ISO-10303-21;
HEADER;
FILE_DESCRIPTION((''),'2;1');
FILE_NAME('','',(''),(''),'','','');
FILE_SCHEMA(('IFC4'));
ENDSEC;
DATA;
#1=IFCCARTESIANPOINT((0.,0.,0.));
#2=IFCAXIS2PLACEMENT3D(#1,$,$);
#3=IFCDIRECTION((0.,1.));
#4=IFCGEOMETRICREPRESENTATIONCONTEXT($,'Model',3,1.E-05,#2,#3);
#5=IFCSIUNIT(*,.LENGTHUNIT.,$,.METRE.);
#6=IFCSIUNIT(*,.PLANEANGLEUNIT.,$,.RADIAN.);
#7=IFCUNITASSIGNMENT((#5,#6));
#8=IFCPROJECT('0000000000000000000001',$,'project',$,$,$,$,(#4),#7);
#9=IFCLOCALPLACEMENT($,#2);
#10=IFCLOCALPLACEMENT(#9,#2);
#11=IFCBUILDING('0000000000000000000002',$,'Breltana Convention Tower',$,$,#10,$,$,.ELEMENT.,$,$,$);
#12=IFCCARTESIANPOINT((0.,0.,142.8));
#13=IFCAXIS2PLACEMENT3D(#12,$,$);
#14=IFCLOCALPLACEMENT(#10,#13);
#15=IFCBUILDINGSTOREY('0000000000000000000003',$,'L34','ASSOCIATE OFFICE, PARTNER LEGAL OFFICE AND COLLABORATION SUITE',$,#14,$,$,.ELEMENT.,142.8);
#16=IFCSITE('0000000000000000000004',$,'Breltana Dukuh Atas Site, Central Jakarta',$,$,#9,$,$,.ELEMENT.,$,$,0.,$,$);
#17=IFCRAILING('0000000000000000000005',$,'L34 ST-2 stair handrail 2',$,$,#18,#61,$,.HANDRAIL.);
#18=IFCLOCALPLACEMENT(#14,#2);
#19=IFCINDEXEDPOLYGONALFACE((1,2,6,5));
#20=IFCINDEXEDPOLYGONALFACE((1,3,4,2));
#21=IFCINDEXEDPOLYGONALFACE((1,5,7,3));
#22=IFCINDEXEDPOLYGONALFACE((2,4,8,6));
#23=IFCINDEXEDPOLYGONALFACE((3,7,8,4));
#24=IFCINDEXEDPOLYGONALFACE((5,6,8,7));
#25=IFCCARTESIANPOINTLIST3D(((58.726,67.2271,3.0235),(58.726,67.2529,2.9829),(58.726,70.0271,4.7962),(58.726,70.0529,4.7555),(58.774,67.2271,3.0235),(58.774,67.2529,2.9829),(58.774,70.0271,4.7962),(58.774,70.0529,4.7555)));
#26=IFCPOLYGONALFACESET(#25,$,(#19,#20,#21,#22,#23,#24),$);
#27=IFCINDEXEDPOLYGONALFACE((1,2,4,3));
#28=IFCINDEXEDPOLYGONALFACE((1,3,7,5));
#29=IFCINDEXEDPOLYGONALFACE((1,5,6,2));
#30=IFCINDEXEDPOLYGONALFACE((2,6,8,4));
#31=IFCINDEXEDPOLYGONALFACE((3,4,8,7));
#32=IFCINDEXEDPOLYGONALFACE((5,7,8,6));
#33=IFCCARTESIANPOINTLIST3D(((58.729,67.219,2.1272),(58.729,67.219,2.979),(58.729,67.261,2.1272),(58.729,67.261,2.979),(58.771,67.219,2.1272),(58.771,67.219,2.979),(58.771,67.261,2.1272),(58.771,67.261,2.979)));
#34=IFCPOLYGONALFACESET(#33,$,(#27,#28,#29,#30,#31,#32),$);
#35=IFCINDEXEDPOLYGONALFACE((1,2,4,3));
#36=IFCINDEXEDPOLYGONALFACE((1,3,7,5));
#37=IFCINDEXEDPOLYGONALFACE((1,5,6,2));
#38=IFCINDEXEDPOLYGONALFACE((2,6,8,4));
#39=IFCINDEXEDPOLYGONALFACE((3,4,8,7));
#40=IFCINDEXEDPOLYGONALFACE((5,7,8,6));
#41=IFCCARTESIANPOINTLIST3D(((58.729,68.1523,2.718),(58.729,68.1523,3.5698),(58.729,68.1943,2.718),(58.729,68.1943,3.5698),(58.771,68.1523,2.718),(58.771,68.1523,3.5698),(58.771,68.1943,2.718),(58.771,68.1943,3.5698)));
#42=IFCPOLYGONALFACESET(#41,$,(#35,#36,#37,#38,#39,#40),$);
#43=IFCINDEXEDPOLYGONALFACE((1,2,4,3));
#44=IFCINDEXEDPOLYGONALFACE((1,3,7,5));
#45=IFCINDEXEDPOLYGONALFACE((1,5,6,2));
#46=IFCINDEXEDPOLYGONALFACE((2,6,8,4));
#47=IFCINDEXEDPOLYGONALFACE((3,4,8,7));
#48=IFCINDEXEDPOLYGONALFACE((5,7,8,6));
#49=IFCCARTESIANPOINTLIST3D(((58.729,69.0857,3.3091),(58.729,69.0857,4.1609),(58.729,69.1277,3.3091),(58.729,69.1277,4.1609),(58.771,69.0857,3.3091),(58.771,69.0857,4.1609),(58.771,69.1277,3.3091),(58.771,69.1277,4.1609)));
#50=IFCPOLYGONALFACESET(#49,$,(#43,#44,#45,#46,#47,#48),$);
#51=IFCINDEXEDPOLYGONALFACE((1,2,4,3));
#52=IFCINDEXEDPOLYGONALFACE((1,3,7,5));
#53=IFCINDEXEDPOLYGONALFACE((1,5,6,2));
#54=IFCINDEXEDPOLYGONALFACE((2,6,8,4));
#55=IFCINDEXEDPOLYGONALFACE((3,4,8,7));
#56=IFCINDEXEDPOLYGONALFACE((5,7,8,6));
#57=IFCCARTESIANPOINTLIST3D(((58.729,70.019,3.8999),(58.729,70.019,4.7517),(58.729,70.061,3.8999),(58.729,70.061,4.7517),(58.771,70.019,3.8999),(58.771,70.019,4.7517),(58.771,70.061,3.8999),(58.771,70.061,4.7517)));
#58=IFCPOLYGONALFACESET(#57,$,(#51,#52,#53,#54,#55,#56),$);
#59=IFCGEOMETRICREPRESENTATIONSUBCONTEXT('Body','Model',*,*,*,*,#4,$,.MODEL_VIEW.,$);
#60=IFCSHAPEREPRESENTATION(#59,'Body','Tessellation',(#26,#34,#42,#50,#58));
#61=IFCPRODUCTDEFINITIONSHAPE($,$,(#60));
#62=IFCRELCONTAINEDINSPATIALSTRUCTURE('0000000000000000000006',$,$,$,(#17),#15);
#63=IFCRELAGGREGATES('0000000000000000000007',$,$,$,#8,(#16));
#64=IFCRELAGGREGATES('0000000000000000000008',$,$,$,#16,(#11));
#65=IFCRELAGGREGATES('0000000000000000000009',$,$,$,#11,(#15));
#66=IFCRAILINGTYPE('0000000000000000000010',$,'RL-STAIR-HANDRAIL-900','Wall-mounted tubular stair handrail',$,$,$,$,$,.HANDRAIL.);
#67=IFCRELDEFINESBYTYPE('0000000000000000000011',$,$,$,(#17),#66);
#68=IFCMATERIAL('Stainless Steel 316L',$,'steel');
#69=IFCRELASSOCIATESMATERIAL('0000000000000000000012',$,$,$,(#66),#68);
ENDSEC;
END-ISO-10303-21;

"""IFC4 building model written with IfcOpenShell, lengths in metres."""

from ifc_helpers import new_model, si_unit, direction, frame, origin, origin_2d, place, context, subcontext, project, spatial, rectangle, extrude, material, type_object, element, save


model = new_model("IFC4")

# Units and contexts
model_context = context("Model", 3, precision=1e-05, world=origin(), true_north=direction((0.0, 1.0)))
body_context = subcontext(model_context, "Body", "Model", "MODEL_VIEW")
ifc_project = project(units=[si_unit("LENGTHUNIT", "METRE"), si_unit("PLANEANGLEUNIT", "RADIAN")], contexts=[model_context])

# Site, building, storey
site_placement = place(None, origin())
site = spatial("IfcSite", under=ifc_project, at=site_placement, Name="Breltana Dukuh Atas Site, Central Jakarta", CompositionType="ELEMENT", RefElevation=0.0)
building_placement = place(site_placement, origin())
building = spatial("IfcBuilding", under=site, at=building_placement, Name="Breltana Convention Tower", CompositionType="ELEMENT")
storey_placement = place(building_placement, frame((0.0, 0.0, 142.8)))
storey = spatial("IfcBuildingStorey", under=building, at=storey_placement, Name="L34", Description="ASSOCIATE OFFICE, PARTNER LEGAL OFFICE AND COLLABORATION SUITE", CompositionType="ELEMENT", Elevation=142.8)

# Railing
ifc_material_1 = material(Name="Stainless Steel 316L", Category="steel")
railing_type_1 = type_object("IfcRailingType", Name="RL-STAIR-HANDRAIL-900", Description="Wall-mounted tubular stair handrail", PredefinedType="HANDRAIL", material=ifc_material_1)
railing_1_placement = place(storey_placement, frame((58.75, 67.24, 2.1272)))
element("IfcRailing", 1, at=railing_1_placement, inside=storey, type_object=railing_type_1, Name="L34 ST-2 stair handrail 2", PredefinedType="HANDRAIL", context=body_context, shape_type="SweptSolid", body=[
    extrude(rectangle(XDim=0.0481, YDim=0.0481, at=origin_2d()), frame((0.0, 0.0, 0.876), z_axis=(0.0, 0.844909, 0.53491), x_axis=(-1.0, 0.0, 0.0)), (0.0, 0.0, 1.0), 3.314),
    extrude(rectangle(XDim=0.042, YDim=0.042, at=origin_2d()), origin(), (0.0, 0.0, 1.0), 0.8518),
    extrude(rectangle(XDim=0.042, YDim=0.042, at=origin_2d()), frame((0.0, 0.9333, 0.5908)), (0.0, 0.0, 1.0), 0.8518),
    extrude(rectangle(XDim=0.042, YDim=0.042, at=origin_2d()), frame((0.0, 1.8667, 1.1819)), (0.0, 0.0, 1.0), 0.8518),
    extrude(rectangle(XDim=0.042, YDim=0.042, at=origin_2d()), frame((0.0, 2.8, 1.7727)), (0.0, 0.0, 1.0), 0.8518),
])

save(model, "model.ifc")
